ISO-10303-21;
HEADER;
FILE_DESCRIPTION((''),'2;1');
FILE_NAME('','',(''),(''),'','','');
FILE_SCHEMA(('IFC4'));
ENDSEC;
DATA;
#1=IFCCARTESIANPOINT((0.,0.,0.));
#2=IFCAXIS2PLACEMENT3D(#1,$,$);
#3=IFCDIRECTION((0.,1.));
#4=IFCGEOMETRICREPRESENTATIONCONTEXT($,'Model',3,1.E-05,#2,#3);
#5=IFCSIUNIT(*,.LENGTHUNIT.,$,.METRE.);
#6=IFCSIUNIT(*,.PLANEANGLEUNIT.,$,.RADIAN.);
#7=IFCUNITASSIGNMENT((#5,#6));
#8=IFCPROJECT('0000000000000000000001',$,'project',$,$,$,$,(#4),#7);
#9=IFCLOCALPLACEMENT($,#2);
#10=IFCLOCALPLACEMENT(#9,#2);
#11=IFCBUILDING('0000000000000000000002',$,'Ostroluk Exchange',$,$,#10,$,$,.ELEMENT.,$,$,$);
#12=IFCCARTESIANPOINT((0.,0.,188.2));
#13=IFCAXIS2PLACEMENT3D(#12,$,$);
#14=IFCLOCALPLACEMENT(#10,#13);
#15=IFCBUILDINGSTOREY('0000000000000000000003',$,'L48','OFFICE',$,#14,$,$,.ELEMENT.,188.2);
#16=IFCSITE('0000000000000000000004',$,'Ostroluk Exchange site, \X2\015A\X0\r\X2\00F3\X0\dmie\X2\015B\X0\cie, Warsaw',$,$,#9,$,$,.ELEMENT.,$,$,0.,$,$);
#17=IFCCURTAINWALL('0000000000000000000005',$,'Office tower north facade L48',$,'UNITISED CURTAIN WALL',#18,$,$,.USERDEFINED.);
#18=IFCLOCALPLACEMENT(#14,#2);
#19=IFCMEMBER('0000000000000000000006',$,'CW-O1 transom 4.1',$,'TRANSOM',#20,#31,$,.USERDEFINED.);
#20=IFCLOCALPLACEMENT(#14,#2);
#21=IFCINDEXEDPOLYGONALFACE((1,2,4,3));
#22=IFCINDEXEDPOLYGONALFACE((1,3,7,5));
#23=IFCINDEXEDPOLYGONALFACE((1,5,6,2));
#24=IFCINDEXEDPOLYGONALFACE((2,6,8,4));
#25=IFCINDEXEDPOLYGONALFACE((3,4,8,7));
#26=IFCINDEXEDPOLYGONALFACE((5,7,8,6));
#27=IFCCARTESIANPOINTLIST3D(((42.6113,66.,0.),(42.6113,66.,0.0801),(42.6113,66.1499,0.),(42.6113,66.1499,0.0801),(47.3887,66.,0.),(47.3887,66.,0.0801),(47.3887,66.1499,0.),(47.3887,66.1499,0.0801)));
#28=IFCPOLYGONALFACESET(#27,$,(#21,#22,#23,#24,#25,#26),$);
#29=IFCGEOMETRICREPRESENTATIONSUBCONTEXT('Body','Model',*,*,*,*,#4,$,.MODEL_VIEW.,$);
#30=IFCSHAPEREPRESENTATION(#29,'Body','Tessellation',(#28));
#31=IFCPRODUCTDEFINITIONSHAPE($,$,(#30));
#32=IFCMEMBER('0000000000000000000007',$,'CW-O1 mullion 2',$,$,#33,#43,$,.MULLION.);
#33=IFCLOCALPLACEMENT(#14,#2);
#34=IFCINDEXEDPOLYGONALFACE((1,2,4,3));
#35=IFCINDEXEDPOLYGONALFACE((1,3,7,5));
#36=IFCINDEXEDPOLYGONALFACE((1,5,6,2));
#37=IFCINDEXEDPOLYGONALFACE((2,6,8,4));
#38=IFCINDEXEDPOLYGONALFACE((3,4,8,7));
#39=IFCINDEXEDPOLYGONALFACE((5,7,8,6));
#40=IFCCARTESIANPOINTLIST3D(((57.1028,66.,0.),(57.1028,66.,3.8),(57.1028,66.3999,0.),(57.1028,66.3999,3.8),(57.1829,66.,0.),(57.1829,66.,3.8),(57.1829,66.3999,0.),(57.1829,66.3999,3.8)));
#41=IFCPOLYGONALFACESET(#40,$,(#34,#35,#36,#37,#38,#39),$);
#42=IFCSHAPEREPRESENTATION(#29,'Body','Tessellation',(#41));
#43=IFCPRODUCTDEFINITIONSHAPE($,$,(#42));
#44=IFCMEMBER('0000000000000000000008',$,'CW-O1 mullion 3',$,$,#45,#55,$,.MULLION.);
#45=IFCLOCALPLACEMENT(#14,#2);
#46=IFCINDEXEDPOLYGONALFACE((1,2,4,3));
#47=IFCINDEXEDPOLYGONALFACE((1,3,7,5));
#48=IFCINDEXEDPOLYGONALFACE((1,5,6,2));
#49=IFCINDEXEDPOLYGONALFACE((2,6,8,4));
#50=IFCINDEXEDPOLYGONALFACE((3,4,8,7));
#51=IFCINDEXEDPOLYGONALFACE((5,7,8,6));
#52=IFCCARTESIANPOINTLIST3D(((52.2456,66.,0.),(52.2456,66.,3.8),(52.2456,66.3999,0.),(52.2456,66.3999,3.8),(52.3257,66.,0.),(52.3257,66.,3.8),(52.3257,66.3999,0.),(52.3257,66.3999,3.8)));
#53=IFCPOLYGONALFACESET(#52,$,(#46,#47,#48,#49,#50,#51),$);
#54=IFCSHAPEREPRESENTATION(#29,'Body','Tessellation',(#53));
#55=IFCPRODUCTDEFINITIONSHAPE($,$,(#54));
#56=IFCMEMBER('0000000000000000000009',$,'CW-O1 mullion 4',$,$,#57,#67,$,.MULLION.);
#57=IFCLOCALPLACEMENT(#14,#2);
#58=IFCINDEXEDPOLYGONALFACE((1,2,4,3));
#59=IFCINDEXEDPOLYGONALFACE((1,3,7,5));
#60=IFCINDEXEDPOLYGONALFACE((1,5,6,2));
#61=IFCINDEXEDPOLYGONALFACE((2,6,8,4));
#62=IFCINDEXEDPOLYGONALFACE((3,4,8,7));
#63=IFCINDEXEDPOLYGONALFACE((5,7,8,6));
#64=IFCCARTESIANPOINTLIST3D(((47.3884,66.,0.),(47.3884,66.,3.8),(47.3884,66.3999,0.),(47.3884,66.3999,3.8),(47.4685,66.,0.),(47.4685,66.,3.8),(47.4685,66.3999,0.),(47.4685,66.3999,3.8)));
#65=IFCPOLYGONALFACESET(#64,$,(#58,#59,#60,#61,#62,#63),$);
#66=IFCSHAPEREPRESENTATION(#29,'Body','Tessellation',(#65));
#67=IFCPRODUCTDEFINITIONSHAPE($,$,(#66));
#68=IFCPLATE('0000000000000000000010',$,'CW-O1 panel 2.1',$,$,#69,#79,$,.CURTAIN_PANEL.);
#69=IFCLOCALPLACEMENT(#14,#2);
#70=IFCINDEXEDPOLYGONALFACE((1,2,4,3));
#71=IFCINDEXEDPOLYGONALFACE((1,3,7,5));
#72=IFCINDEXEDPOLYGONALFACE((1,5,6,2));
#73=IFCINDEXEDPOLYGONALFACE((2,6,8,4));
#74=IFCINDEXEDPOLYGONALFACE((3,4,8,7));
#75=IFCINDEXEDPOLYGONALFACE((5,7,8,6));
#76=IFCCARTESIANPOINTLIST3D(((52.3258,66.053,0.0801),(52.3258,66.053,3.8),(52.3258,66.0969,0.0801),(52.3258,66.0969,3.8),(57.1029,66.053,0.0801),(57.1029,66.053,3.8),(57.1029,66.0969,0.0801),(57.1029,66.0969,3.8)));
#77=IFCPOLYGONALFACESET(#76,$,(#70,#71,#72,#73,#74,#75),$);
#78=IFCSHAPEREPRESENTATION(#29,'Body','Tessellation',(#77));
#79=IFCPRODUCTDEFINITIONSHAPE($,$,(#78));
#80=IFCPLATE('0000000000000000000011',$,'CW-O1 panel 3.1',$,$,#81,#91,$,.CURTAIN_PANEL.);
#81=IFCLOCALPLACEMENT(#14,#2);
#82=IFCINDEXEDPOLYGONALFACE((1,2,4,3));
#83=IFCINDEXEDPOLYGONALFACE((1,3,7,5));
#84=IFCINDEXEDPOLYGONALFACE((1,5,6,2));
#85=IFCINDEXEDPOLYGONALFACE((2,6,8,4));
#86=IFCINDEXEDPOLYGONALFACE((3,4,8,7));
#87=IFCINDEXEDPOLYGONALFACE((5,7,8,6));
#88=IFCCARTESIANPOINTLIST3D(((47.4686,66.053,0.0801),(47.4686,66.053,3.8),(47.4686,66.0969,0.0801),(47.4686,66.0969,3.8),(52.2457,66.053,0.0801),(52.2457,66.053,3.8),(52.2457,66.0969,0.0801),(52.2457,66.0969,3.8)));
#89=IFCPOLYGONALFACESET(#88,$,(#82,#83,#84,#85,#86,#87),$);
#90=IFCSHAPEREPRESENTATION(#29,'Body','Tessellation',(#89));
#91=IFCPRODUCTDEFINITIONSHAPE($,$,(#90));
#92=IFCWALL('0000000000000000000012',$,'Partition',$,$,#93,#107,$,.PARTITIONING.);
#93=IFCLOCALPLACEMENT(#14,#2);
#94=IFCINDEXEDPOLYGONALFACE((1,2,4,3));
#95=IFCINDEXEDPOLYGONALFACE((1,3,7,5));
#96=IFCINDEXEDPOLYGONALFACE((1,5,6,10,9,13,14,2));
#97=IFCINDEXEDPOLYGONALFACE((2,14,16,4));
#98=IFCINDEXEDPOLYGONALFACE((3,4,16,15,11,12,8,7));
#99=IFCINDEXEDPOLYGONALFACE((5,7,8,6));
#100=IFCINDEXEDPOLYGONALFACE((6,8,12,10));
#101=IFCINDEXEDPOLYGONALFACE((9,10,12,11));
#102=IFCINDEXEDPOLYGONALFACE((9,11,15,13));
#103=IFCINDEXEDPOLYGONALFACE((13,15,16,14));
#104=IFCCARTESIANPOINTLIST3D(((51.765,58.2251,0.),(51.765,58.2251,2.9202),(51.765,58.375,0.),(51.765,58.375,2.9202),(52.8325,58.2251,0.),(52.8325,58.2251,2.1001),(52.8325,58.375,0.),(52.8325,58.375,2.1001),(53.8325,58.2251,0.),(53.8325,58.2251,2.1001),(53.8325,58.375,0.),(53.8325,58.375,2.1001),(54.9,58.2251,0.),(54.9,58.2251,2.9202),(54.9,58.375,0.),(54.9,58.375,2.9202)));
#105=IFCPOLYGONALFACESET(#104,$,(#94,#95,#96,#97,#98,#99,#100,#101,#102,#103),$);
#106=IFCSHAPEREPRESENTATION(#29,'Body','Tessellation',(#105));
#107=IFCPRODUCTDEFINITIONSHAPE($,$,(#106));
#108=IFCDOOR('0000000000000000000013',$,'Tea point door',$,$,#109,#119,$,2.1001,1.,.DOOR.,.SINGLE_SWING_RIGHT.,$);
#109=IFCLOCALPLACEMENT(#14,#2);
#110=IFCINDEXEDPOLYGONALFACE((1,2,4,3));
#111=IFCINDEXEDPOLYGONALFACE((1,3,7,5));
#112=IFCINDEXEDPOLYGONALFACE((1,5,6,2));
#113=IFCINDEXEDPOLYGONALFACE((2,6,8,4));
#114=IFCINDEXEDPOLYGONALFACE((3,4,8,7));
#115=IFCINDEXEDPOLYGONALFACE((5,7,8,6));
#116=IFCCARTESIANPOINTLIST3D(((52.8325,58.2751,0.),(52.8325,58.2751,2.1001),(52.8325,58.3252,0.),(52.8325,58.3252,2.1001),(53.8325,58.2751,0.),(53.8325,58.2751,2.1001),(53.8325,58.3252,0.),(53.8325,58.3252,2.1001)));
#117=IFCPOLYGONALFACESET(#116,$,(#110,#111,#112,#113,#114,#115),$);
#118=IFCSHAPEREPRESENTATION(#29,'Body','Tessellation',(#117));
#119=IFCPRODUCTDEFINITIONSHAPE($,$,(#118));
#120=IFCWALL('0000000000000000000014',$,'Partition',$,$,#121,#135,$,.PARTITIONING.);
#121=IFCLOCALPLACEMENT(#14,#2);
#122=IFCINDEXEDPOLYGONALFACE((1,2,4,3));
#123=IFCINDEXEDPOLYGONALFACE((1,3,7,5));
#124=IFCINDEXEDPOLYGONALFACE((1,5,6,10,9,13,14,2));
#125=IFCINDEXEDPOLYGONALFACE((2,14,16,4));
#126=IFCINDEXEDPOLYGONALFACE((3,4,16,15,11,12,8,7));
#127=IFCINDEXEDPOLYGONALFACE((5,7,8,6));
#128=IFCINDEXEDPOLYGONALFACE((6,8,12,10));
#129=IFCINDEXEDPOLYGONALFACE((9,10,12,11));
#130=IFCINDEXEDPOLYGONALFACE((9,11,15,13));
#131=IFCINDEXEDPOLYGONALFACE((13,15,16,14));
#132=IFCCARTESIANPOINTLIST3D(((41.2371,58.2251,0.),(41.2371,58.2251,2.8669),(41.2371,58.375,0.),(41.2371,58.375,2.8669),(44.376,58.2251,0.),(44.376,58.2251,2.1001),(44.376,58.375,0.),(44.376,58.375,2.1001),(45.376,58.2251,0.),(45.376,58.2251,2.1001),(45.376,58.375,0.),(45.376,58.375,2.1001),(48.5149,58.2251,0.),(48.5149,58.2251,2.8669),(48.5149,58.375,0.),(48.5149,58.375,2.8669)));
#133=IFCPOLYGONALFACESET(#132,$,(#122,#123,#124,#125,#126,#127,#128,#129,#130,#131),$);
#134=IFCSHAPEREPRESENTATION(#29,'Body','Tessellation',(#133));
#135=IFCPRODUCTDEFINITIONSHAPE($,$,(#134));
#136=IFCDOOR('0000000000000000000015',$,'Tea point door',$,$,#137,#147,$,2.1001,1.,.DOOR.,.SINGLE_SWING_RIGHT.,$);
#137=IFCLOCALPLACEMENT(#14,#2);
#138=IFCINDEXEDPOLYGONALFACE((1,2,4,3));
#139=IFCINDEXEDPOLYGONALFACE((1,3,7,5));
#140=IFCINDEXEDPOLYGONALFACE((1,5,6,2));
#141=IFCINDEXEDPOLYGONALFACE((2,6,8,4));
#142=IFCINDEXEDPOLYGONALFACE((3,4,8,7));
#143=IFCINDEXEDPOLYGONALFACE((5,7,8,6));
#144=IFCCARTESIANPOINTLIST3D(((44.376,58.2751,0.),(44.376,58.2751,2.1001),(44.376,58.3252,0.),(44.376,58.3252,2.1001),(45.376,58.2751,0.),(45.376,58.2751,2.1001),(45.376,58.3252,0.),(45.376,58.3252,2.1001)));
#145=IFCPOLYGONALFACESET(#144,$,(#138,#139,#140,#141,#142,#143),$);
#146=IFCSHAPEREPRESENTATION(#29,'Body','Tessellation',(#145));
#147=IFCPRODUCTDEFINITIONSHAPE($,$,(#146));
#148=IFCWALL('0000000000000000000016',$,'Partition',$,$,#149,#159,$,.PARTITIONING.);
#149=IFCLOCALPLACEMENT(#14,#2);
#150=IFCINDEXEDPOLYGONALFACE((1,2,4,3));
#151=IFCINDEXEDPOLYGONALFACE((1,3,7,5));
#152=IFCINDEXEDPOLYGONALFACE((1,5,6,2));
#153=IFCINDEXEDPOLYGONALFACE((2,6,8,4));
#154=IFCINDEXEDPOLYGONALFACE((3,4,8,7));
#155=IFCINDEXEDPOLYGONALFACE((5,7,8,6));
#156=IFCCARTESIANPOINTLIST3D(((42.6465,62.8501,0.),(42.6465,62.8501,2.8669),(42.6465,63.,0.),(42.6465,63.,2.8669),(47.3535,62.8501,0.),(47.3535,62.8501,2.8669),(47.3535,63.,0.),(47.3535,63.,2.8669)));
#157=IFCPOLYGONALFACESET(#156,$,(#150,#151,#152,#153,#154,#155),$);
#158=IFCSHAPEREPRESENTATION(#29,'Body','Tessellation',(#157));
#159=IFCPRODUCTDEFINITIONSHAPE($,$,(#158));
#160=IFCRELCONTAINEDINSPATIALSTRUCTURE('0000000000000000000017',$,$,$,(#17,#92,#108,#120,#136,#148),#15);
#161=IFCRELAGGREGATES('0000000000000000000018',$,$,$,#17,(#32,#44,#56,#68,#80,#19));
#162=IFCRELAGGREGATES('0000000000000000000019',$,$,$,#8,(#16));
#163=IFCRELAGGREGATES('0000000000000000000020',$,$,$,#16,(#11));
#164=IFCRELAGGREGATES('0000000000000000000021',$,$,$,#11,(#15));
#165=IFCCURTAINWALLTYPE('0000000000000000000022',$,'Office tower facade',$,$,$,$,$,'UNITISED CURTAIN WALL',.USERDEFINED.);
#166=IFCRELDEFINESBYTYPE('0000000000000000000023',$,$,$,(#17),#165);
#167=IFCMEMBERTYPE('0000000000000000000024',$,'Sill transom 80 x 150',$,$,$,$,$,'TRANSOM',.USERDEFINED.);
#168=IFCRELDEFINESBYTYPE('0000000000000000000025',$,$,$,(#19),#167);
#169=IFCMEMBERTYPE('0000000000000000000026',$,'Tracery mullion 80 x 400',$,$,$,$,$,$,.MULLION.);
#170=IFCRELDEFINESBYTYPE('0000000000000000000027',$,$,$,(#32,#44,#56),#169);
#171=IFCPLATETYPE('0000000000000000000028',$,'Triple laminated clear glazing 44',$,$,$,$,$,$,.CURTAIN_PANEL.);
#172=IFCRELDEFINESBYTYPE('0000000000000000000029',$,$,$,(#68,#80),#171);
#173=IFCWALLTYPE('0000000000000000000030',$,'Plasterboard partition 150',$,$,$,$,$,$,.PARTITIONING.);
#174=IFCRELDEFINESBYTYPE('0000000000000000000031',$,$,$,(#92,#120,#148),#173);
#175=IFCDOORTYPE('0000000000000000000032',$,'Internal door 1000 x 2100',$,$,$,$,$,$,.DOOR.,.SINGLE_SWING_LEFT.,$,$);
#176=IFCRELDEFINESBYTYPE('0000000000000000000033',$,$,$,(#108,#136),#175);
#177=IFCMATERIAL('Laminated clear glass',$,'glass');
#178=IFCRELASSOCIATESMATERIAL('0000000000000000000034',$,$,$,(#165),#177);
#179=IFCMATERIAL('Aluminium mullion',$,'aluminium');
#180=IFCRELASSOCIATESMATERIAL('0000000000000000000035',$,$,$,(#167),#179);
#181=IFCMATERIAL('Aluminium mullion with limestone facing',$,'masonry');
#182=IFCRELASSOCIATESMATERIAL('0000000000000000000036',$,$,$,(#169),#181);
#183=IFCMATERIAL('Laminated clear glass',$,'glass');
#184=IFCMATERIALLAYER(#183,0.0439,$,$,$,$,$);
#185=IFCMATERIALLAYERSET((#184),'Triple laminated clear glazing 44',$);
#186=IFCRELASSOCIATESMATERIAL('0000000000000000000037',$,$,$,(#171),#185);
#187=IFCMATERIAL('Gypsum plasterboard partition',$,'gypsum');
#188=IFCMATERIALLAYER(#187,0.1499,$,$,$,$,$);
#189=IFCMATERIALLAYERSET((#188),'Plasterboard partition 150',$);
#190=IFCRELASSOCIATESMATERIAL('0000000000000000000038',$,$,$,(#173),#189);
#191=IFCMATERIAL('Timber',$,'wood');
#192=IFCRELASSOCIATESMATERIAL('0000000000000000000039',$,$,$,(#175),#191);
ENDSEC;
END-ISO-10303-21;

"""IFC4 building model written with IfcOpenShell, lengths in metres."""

from ifc_helpers import new_model, si_unit, direction, frame, frame_2d, origin, origin_2d, place, context, subcontext, project, spatial, rectangle, extrude, material, layer, layer_set, material_profile, profile_set, type_object, element, fill, aggregate, save


model = new_model("IFC4")

# Units and contexts
model_context = context("Model", 3, precision=1e-05, world=origin(), true_north=direction((0.0, 1.0)))
body_context = subcontext(model_context, "Body", "Model", "MODEL_VIEW")
ifc_project = project(units=[si_unit("LENGTHUNIT", "METRE"), si_unit("PLANEANGLEUNIT", "RADIAN")], contexts=[model_context])

# Site, building, storey
site_placement = place(None, origin())
site = spatial("IfcSite", under=ifc_project, at=site_placement, Name="Ostroluk Exchange site, Śródmieście, Warsaw", CompositionType="ELEMENT", RefElevation=0.0)
building_placement = place(site_placement, origin())
building = spatial("IfcBuilding", under=site, at=building_placement, Name="Ostroluk Exchange", CompositionType="ELEMENT")
storey_placement = place(building_placement, frame((0.0, 0.0, 188.2)))
storey = spatial("IfcBuildingStorey", under=building, at=storey_placement, Name="L48", Description="OFFICE", CompositionType="ELEMENT", Elevation=188.2)

# Curtain wall, members, plates
ifc_material_1 = material(Name="Laminated clear glass", Category="glass")
curtain_wall_type = type_object("IfcCurtainWallType", Name="Office tower facade", ElementType="UNITISED CURTAIN WALL", PredefinedType="USERDEFINED", material=ifc_material_1)
curtain_wall_placement = place(storey_placement, origin())
curtain_wall = element("IfcCurtainWall", 1, at=curtain_wall_placement, inside=storey, type_object=curtain_wall_type, Name="Office tower north facade L48", ObjectType="UNITISED CURTAIN WALL", PredefinedType="USERDEFINED")
ifc_material_2 = material(Name="Aluminium mullion", Category="aluminium")
ifc_material_profile_1 = material_profile(ifc_material_2, rectangle(XDim=0.1499, YDim=0.0801, at=origin_2d()), Name="Sill transom 80 x 150")
ifc_profile_set_1 = profile_set([ifc_material_profile_1], Name="Aluminium mullion")
member_type_1 = type_object("IfcMemberType", Name="Sill transom 80 x 150", ElementType="TRANSOM", PredefinedType="USERDEFINED", material=ifc_profile_set_1)
member_1_placement = place(storey_placement, frame((47.3887, 66.075, 0.04), z_axis=(-1.0, 0.0, 0.0), x_axis=(0.0, -1.0, 0.0)))
member_1 = element("IfcMember", 2, at=member_1_placement, type_object=member_type_1, Name="CW-O1 transom 4.1", ObjectType="TRANSOM", PredefinedType="USERDEFINED", context=body_context, shape_type="SweptSolid", body=[
    extrude(rectangle(XDim=0.1499, YDim=0.0801, at=origin_2d()), origin(), (0.0, 0.0, 1.0), 4.7773),
])
ifc_material_3 = material(Name="Aluminium mullion with limestone facing", Category="masonry")
ifc_material_profile_2 = material_profile(ifc_material_3, rectangle(XDim=0.3999, YDim=0.0801, at=origin_2d()), Name="Tracery mullion 80 x 400")
ifc_profile_set_2 = profile_set([ifc_material_profile_2], Name="Aluminium mullion with limestone facing")
member_type_2 = type_object("IfcMemberType", Name="Tracery mullion 80 x 400", PredefinedType="MULLION", material=ifc_profile_set_2)
member_2_placement = place(storey_placement, frame((57.1428, 66.2, 0.0), z_axis=(0.0, 0.0, 1.0), x_axis=(0.0, -1.0, 0.0)))
member_2 = element("IfcMember", 3, at=member_2_placement, type_object=member_type_2, Name="CW-O1 mullion 2", PredefinedType="MULLION", context=body_context, shape_type="SweptSolid", body=[
    extrude(rectangle(XDim=0.3999, YDim=0.0801, at=origin_2d()), origin(), (0.0, 0.0, 1.0), 3.8),
])
member_3_placement = place(storey_placement, frame((52.2856, 66.2, 0.0), z_axis=(0.0, 0.0, 1.0), x_axis=(0.0, -1.0, 0.0)))
member_3 = element("IfcMember", 4, at=member_3_placement, type_object=member_type_2, Name="CW-O1 mullion 3", PredefinedType="MULLION", context=body_context, shape_type="SweptSolid", body=[
    extrude(rectangle(XDim=0.3999, YDim=0.0801, at=origin_2d()), origin(), (0.0, 0.0, 1.0), 3.8),
])
member_4_placement = place(storey_placement, frame((47.4285, 66.2, 0.0), z_axis=(0.0, 0.0, 1.0), x_axis=(0.0, -1.0, 0.0)))
member_4 = element("IfcMember", 5, at=member_4_placement, type_object=member_type_2, Name="CW-O1 mullion 4", PredefinedType="MULLION", context=body_context, shape_type="SweptSolid", body=[
    extrude(rectangle(XDim=0.3999, YDim=0.0801, at=origin_2d()), origin(), (0.0, 0.0, 1.0), 3.8),
])
ifc_material_4 = material(Name="Laminated clear glass", Category="glass")
ifc_layer_1 = layer(ifc_material_4, 0.0439)
ifc_layer_set_1 = layer_set([ifc_layer_1], Name="Triple laminated clear glazing 44")
plate_type = type_object("IfcPlateType", Name="Triple laminated clear glazing 44", PredefinedType="CURTAIN_PANEL", material=ifc_layer_set_1)
plate_1_placement = place(storey_placement, frame((54.7144, 66.075, 0.0801), z_axis=(0.0, 0.0, 1.0), x_axis=(-1.0, 0.0, 0.0)))
plate_1 = element("IfcPlate", 6, at=plate_1_placement, type_object=plate_type, Name="CW-O1 panel 2.1", PredefinedType="CURTAIN_PANEL", context=body_context, shape_type="SweptSolid", body=[
    extrude(rectangle(XDim=4.7771, YDim=0.0439, at=origin_2d()), origin(), (0.0, 0.0, 1.0), 3.72),
])
plate_2_placement = place(storey_placement, frame((49.8572, 66.075, 0.0801), z_axis=(0.0, 0.0, 1.0), x_axis=(-1.0, 0.0, 0.0)))
plate_2 = element("IfcPlate", 7, at=plate_2_placement, type_object=plate_type, Name="CW-O1 panel 3.1", PredefinedType="CURTAIN_PANEL", context=body_context, shape_type="SweptSolid", body=[
    extrude(rectangle(XDim=4.7771, YDim=0.0439, at=origin_2d()), origin(), (0.0, 0.0, 1.0), 3.72),
])
aggregate(curtain_wall, [member_2, member_3, member_4, plate_1, plate_2, member_1])

# Walls, openings, doors
ifc_material_5 = material(Name="Gypsum plasterboard partition", Category="gypsum")
ifc_layer_2 = layer(ifc_material_5, 0.1499)
ifc_layer_set_2 = layer_set([ifc_layer_2], Name="Plasterboard partition 150")
wall_type = type_object("IfcWallType", Name="Plasterboard partition 150", PredefinedType="PARTITIONING", material=ifc_layer_set_2)
wall_1_placement = place(storey_placement, frame((54.8999, 58.3, 0.0), z_axis=(0.0, 0.0, 1.0), x_axis=(-1.0, 0.0, 0.0)))
wall_1 = element("IfcWall", 8, at=wall_1_placement, inside=storey, type_object=wall_type, Name="Partition", PredefinedType="PARTITIONING", context=body_context, shape_type="SweptSolid", body=[
    extrude(rectangle(XDim=3.135, YDim=0.1499, at=frame_2d((1.5674, 0.0))), origin(), (0.0, 0.0, 1.0), 2.9202),
])
opening_1_placement = place(wall_1_placement, frame((1.0674, 0.0, 0.0)))
opening_1 = element("IfcOpeningElement", 9, at=opening_1_placement, cuts=wall_1, PredefinedType="OPENING", context=body_context, shape_type="SweptSolid", body=[
    extrude(rectangle(XDim=1.0, YDim=2.1001, at=frame_2d((0.5, 1.05))), frame((0.0, 0.085, 0.0), z_axis=(0.0, -1.0, 0.0), x_axis=(1.0, 0.0, 0.0)), (0.0, 0.0, 1.0), 0.1699),
])
ifc_material_6 = material(Name="Timber", Category="wood")
door_type = type_object("IfcDoorType", Name="Internal door 1000 x 2100", OperationType="SINGLE_SWING_LEFT", PredefinedType="DOOR", material=ifc_material_6)
door_1_placement = place(opening_1_placement, origin())
door_1 = element("IfcDoor", 10, at=door_1_placement, inside=storey, type_object=door_type, Name="Tea point door", OperationType="SINGLE_SWING_RIGHT", OverallHeight=2.1001, OverallWidth=1.0, PredefinedType="DOOR", context=body_context, shape_type="SweptSolid", body=[
    extrude(rectangle(XDim=1.0, YDim=2.1001, at=frame_2d((0.5, 1.05))), frame((0.0, 0.0249, 0.0), z_axis=(0.0, -1.0, 0.0), x_axis=(1.0, 0.0, 0.0)), (0.0, 0.0, 1.0), 0.05),
])
fill(opening_1, door_1)
wall_2_placement = place(storey_placement, frame((48.5149, 58.3, 0.0), z_axis=(0.0, 0.0, 1.0), x_axis=(-1.0, 0.0, 0.0)))
wall_2 = element("IfcWall", 11, at=wall_2_placement, inside=storey, type_object=wall_type, Name="Partition", PredefinedType="PARTITIONING", context=body_context, shape_type="SweptSolid", body=[
    extrude(rectangle(XDim=7.2778, YDim=0.1499, at=frame_2d((3.6389, 0.0))), origin(), (0.0, 0.0, 1.0), 2.8669),
])
opening_2_placement = place(wall_2_placement, frame((3.1389, 0.0, 0.0)))
opening_2 = element("IfcOpeningElement", 12, at=opening_2_placement, cuts=wall_2, PredefinedType="OPENING", context=body_context, shape_type="SweptSolid", body=[
    extrude(rectangle(XDim=1.0, YDim=2.1001, at=frame_2d((0.5, 1.05))), frame((0.0, 0.085, 0.0), z_axis=(0.0, -1.0, 0.0), x_axis=(1.0, 0.0, 0.0)), (0.0, 0.0, 1.0), 0.1699),
])
door_2_placement = place(opening_2_placement, origin())
door_2 = element("IfcDoor", 13, at=door_2_placement, inside=storey, type_object=door_type, Name="Tea point door", OperationType="SINGLE_SWING_RIGHT", OverallHeight=2.1001, OverallWidth=1.0, PredefinedType="DOOR", context=body_context, shape_type="SweptSolid", body=[
    extrude(rectangle(XDim=1.0, YDim=2.1001, at=frame_2d((0.5, 1.05))), frame((0.0, 0.0249, 0.0), z_axis=(0.0, -1.0, 0.0), x_axis=(1.0, 0.0, 0.0)), (0.0, 0.0, 1.0), 0.05),
])
fill(opening_2, door_2)

# Wall
wall_3_placement = place(storey_placement, frame((47.3535, 62.925, 0.0), z_axis=(0.0, 0.0, 1.0), x_axis=(-1.0, 0.0, 0.0)))
element("IfcWall", 14, at=wall_3_placement, inside=storey, type_object=wall_type, Name="Partition", PredefinedType="PARTITIONING", context=body_context, shape_type="SweptSolid", body=[
    extrude(rectangle(XDim=4.707, YDim=0.1499, at=frame_2d((2.3535, 0.0))), origin(), (0.0, 0.0, 1.0), 2.8669),
])

save(model, "model.ifc")
